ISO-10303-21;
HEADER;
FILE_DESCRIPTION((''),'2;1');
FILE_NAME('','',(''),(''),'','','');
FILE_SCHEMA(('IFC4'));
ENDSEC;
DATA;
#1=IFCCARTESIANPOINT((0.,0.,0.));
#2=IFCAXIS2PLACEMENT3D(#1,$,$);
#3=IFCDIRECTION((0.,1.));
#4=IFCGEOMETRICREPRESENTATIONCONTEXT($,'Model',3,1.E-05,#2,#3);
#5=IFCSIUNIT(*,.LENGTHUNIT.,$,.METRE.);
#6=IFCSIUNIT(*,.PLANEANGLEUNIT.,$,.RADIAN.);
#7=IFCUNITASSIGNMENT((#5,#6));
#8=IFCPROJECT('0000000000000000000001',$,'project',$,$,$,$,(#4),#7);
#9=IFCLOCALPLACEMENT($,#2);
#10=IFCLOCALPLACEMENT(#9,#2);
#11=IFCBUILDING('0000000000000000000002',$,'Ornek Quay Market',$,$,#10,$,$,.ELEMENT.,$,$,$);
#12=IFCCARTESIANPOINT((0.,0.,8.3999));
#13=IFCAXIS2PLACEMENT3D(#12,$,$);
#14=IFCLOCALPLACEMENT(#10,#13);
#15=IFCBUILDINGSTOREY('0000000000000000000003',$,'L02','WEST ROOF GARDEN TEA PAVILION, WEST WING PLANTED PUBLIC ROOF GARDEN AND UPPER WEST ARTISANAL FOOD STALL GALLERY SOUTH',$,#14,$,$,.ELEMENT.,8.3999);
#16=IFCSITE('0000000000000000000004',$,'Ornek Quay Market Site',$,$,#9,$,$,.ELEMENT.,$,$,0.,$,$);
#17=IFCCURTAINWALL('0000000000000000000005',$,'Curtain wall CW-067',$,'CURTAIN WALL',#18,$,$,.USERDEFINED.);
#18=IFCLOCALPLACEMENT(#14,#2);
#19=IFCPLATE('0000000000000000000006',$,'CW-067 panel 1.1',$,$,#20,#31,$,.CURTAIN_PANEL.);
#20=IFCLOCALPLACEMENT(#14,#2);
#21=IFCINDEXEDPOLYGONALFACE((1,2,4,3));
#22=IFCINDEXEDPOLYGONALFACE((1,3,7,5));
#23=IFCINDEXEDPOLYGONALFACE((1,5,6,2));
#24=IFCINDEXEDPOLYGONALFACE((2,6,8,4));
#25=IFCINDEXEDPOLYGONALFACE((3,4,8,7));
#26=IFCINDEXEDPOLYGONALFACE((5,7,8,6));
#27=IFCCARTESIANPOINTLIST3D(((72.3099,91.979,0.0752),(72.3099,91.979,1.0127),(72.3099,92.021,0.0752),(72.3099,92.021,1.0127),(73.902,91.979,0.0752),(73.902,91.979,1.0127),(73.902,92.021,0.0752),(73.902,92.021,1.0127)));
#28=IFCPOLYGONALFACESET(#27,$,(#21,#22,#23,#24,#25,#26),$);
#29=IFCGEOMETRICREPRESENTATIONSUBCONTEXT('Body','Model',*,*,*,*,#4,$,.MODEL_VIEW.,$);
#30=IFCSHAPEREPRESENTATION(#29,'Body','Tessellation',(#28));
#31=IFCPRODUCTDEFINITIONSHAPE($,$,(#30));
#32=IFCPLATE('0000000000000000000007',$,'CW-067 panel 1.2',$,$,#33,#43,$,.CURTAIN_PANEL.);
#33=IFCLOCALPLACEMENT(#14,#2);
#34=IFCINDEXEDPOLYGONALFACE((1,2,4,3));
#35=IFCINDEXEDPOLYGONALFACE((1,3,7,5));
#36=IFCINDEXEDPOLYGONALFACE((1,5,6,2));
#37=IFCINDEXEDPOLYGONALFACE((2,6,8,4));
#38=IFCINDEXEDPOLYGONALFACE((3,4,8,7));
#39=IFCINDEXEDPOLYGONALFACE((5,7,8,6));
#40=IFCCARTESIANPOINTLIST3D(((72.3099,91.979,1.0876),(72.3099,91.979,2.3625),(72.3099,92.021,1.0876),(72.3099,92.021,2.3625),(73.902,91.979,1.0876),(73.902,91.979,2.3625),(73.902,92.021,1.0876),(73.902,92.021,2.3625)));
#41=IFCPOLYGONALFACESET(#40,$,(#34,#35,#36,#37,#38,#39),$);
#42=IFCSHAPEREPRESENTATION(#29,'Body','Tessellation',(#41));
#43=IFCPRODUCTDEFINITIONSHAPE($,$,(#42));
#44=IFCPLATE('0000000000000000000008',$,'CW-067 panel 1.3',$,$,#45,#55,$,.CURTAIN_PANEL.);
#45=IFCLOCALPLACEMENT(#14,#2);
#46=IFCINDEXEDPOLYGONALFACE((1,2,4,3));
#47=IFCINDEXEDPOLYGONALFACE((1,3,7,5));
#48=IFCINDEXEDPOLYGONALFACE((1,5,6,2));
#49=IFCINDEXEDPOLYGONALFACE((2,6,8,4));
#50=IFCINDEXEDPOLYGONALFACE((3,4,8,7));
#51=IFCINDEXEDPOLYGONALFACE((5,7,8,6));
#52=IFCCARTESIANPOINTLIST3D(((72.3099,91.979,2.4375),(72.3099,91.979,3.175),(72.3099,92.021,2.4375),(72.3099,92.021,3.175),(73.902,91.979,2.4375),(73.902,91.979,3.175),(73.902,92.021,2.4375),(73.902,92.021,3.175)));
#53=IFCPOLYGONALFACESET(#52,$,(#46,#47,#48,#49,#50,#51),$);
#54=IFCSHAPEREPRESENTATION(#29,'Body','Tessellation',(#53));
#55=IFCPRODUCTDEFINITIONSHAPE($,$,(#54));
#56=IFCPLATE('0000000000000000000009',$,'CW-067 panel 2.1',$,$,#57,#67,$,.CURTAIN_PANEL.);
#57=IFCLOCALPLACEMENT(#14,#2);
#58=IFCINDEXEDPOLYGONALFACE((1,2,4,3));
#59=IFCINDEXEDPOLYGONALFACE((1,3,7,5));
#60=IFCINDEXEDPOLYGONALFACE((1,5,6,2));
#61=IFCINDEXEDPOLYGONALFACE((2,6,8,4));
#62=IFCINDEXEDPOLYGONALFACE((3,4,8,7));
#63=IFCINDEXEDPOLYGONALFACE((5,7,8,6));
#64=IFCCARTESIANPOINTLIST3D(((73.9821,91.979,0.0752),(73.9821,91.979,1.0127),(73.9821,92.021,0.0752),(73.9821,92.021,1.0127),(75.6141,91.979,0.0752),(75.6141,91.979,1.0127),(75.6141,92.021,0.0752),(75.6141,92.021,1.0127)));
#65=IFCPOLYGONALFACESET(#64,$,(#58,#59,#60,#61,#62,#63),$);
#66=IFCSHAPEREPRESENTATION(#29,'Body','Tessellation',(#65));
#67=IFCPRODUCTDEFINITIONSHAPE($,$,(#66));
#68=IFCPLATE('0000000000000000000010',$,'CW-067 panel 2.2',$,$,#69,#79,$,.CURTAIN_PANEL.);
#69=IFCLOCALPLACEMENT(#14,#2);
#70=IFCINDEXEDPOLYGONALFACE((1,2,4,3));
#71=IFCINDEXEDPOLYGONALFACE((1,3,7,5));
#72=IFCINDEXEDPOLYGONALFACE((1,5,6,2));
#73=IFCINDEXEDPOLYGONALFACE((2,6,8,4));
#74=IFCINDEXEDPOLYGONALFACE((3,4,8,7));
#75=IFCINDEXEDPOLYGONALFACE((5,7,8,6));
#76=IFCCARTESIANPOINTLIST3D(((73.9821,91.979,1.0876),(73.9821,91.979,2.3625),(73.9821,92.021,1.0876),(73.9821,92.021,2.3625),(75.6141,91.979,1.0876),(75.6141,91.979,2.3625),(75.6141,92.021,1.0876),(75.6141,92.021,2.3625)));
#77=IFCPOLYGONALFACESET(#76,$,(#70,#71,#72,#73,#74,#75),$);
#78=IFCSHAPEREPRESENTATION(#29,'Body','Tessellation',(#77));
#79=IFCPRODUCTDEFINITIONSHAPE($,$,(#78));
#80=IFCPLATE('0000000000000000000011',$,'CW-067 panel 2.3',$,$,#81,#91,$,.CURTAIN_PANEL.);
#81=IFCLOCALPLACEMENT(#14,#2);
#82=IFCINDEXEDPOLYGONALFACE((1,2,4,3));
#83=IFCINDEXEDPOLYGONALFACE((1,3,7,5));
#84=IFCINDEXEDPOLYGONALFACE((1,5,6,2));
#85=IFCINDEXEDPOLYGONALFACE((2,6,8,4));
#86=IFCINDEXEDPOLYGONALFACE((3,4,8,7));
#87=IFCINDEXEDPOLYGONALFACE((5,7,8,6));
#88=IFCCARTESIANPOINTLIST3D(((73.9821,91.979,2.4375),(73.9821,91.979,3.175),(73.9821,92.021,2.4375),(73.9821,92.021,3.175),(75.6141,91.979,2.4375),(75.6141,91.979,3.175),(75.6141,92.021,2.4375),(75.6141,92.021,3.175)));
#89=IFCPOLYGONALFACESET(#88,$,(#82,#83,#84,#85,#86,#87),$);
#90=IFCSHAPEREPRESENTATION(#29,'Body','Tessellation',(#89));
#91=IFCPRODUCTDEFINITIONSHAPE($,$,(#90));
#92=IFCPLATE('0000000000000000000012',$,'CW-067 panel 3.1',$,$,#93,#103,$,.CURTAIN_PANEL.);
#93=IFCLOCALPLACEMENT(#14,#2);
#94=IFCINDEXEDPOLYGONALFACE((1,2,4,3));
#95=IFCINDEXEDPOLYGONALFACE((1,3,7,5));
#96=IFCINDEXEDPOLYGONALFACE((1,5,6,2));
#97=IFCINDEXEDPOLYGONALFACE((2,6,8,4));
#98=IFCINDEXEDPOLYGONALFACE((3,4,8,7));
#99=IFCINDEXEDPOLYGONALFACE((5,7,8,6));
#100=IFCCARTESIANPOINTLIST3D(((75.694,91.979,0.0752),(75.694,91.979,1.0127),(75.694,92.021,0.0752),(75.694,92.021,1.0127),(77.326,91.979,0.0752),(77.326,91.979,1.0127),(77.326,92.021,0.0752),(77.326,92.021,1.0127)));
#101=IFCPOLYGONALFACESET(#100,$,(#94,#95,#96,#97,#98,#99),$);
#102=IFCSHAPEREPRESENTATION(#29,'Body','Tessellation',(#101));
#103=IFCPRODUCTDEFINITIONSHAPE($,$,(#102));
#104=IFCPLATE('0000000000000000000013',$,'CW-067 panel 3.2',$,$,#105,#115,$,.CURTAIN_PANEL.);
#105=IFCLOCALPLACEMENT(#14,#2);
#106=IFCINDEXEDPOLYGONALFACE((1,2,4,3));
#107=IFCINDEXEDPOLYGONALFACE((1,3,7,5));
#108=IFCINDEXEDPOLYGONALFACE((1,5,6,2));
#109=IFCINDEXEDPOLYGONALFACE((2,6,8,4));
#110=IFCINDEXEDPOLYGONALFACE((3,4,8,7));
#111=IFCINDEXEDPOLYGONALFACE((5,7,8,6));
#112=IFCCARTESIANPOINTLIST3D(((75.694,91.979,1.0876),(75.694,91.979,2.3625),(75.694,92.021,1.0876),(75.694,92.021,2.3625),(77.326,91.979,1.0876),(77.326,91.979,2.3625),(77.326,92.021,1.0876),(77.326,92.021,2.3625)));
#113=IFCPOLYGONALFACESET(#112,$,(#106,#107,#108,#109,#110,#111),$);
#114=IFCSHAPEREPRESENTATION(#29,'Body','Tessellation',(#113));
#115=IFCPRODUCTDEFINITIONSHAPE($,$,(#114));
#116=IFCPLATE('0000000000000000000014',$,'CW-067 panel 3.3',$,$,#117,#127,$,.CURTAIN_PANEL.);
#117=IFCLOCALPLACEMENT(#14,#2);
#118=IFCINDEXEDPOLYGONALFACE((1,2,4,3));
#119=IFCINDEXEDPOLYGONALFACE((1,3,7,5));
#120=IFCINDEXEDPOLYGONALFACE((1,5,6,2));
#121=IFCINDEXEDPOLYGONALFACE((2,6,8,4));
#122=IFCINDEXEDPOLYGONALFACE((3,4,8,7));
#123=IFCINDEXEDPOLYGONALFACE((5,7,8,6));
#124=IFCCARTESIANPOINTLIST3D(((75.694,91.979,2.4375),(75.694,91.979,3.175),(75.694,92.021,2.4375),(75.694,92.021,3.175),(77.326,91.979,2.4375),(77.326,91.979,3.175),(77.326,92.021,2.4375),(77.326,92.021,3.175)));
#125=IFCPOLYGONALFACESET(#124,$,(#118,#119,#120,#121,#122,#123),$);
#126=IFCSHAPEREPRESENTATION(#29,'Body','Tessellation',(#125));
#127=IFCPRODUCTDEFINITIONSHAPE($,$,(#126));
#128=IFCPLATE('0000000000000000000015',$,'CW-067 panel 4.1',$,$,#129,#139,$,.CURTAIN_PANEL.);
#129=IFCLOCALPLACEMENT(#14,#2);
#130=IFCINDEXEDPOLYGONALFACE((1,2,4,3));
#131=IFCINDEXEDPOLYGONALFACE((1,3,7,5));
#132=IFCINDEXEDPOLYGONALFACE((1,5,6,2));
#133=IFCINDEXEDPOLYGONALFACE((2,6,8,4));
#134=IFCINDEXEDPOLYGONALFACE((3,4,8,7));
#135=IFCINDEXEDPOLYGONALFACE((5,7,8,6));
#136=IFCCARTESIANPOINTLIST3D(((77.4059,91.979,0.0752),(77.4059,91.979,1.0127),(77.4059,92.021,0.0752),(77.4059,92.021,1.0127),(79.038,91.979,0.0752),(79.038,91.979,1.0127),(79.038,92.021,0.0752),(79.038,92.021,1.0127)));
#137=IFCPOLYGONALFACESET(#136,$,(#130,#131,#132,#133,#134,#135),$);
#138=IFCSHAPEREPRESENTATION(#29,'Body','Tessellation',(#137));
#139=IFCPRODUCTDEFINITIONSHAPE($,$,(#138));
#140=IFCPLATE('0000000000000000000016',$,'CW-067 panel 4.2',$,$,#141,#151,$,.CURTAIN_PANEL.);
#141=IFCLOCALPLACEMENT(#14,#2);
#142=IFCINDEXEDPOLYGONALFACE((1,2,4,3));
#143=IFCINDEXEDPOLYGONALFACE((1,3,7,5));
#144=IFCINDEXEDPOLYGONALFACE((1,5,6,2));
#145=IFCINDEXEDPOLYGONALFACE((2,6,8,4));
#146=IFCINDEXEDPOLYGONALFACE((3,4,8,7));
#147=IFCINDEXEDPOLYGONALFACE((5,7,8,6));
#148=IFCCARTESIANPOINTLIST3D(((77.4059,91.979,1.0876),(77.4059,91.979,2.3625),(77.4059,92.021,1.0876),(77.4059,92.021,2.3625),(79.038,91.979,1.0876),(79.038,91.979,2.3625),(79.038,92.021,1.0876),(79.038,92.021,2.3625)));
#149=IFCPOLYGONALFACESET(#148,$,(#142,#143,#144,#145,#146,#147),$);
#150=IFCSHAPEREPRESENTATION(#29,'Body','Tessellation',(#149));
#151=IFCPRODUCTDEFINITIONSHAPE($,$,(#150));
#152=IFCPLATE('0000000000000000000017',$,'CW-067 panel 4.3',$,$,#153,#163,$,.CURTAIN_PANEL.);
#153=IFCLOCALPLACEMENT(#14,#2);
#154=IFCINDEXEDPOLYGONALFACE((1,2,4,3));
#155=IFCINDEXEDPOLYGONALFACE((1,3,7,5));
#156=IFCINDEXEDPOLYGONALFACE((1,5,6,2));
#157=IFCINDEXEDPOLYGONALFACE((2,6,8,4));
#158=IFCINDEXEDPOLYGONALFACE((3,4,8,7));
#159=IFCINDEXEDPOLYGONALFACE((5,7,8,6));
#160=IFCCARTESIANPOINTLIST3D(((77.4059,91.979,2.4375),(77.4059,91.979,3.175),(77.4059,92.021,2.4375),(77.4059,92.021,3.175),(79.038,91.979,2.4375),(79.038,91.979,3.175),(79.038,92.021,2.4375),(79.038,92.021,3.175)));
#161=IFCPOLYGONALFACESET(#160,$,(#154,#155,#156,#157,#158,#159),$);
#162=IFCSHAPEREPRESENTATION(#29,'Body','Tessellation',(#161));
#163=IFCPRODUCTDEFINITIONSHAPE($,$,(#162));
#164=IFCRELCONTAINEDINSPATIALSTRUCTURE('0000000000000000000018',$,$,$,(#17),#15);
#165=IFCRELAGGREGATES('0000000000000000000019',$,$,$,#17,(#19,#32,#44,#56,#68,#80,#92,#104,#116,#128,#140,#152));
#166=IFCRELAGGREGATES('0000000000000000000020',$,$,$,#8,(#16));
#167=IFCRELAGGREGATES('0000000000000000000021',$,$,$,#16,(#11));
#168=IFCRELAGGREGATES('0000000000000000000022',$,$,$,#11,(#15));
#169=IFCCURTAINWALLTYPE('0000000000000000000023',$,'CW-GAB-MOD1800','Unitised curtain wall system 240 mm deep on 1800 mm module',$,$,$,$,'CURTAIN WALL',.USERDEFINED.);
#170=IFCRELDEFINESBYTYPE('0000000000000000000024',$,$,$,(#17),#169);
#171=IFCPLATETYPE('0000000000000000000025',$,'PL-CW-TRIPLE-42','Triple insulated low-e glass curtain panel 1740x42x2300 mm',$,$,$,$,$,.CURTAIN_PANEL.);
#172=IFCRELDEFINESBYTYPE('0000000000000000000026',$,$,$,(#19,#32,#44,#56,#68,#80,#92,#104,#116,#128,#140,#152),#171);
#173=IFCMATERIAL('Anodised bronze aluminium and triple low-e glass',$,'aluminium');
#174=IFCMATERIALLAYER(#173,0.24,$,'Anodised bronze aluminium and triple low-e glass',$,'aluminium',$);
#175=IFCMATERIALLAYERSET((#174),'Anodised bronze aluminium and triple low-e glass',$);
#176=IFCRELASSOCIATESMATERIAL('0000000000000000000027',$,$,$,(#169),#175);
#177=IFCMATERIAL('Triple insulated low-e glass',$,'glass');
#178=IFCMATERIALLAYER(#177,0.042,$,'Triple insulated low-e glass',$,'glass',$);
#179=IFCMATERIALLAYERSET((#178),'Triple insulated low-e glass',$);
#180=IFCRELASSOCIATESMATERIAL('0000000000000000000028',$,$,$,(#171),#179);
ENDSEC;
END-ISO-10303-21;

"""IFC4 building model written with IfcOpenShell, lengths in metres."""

from ifc_helpers import new_model, si_unit, direction, frame, origin, origin_2d, place, context, subcontext, project, spatial, rectangle, extrude, material, layer, layer_set, type_object, element, aggregate, save


model = new_model("IFC4")

# Units and contexts
model_context = context("Model", 3, precision=1e-05, world=origin(), true_north=direction((0.0, 1.0)))
body_context = subcontext(model_context, "Body", "Model", "MODEL_VIEW")
ifc_project = project(units=[si_unit("LENGTHUNIT", "METRE"), si_unit("PLANEANGLEUNIT", "RADIAN")], contexts=[model_context])

# Site, building, storey
site_placement = place(None, origin())
site = spatial("IfcSite", under=ifc_project, at=site_placement, Name="Ornek Quay Market Site", CompositionType="ELEMENT", RefElevation=0.0)
building_placement = place(site_placement, origin())
building = spatial("IfcBuilding", under=site, at=building_placement, Name="Ornek Quay Market", CompositionType="ELEMENT")
storey_placement = place(building_placement, frame((0.0, 0.0, 8.3999)))
storey = spatial("IfcBuildingStorey", under=building, at=storey_placement, Name="L02", Description="WEST ROOF GARDEN TEA PAVILION, WEST WING PLANTED PUBLIC ROOF GARDEN AND UPPER WEST ARTISANAL FOOD STALL GALLERY SOUTH", CompositionType="ELEMENT", Elevation=8.3999)

# Shared definitions
ifc_material_1 = material(Name="Anodised bronze aluminium and triple low-e glass", Category="aluminium")

# Curtain wall, plates
ifc_layer_1 = layer(ifc_material_1, 0.24, Name="Anodised bronze aluminium and triple low-e glass", Category="aluminium")
ifc_layer_set_1 = layer_set([ifc_layer_1], Name="Anodised bronze aluminium and triple low-e glass")
curtain_wall_type_1 = type_object("IfcCurtainWallType", Name="CW-GAB-MOD1800", Description="Unitised curtain wall system 240 mm deep on 1800 mm module", ElementType="CURTAIN WALL", PredefinedType="USERDEFINED", material=ifc_layer_set_1)
curtain_wall_1_placement = place(storey_placement, origin())
curtain_wall_1 = element("IfcCurtainWall", 1, at=curtain_wall_1_placement, inside=storey, type_object=curtain_wall_type_1, Name="Curtain wall CW-067", ObjectType="CURTAIN WALL", PredefinedType="USERDEFINED")
ifc_material_2 = material(Name="Triple insulated low-e glass", Category="glass")
ifc_layer_2 = layer(ifc_material_2, 0.042, Name="Triple insulated low-e glass", Category="glass")
ifc_layer_set_2 = layer_set([ifc_layer_2], Name="Triple insulated low-e glass")
plate_type = type_object("IfcPlateType", Name="PL-CW-TRIPLE-42", Description="Triple insulated low-e glass curtain panel 1740x42x2300 mm", PredefinedType="CURTAIN_PANEL", material=ifc_layer_set_2)
plate_1_placement = place(storey_placement, frame((73.106, 92.0, 0.0752), z_axis=(0.0, 0.0, 1.0), x_axis=(1.0, 0.0, 0.0)))
plate_1 = element("IfcPlate", 2, at=plate_1_placement, type_object=plate_type, Name="CW-067 panel 1.1", PredefinedType="CURTAIN_PANEL", context=body_context, shape_type="SweptSolid", body=[
    extrude(rectangle(XDim=1.592, YDim=0.042, at=origin_2d()), origin(), (0.0, 0.0, 1.0), 0.9375),
])
plate_2_placement = place(storey_placement, frame((73.106, 92.0, 1.0876), z_axis=(0.0, 0.0, 1.0), x_axis=(1.0, 0.0, 0.0)))
plate_2 = element("IfcPlate", 3, at=plate_2_placement, type_object=plate_type, Name="CW-067 panel 1.2", PredefinedType="CURTAIN_PANEL", context=body_context, shape_type="SweptSolid", body=[
    extrude(rectangle(XDim=1.592, YDim=0.042, at=origin_2d()), origin(), (0.0, 0.0, 1.0), 1.2749),
])
plate_3_placement = place(storey_placement, frame((73.106, 92.0, 2.4375), z_axis=(0.0, 0.0, 1.0), x_axis=(1.0, 0.0, 0.0)))
plate_3 = element("IfcPlate", 4, at=plate_3_placement, type_object=plate_type, Name="CW-067 panel 1.3", PredefinedType="CURTAIN_PANEL", context=body_context, shape_type="SweptSolid", body=[
    extrude(rectangle(XDim=1.592, YDim=0.042, at=origin_2d()), origin(), (0.0, 0.0, 1.0), 0.7375),
])
plate_4_placement = place(storey_placement, frame((74.7981, 92.0, 0.0752), z_axis=(0.0, 0.0, 1.0), x_axis=(1.0, 0.0, 0.0)))
plate_4 = element("IfcPlate", 5, at=plate_4_placement, type_object=plate_type, Name="CW-067 panel 2.1", PredefinedType="CURTAIN_PANEL", context=body_context, shape_type="SweptSolid", body=[
    extrude(rectangle(XDim=1.6321, YDim=0.042, at=origin_2d()), origin(), (0.0, 0.0, 1.0), 0.9375),
])
plate_5_placement = place(storey_placement, frame((74.7981, 92.0, 1.0876), z_axis=(0.0, 0.0, 1.0), x_axis=(1.0, 0.0, 0.0)))
plate_5 = element("IfcPlate", 6, at=plate_5_placement, type_object=plate_type, Name="CW-067 panel 2.2", PredefinedType="CURTAIN_PANEL", context=body_context, shape_type="SweptSolid", body=[
    extrude(rectangle(XDim=1.6321, YDim=0.042, at=origin_2d()), origin(), (0.0, 0.0, 1.0), 1.2749),
])
plate_6_placement = place(storey_placement, frame((74.7981, 92.0, 2.4375), z_axis=(0.0, 0.0, 1.0), x_axis=(1.0, 0.0, 0.0)))
plate_6 = element("IfcPlate", 7, at=plate_6_placement, type_object=plate_type, Name="CW-067 panel 2.3", PredefinedType="CURTAIN_PANEL", context=body_context, shape_type="SweptSolid", body=[
    extrude(rectangle(XDim=1.6321, YDim=0.042, at=origin_2d()), origin(), (0.0, 0.0, 1.0), 0.7375),
])
plate_7_placement = place(storey_placement, frame((76.51, 92.0, 0.0752), z_axis=(0.0, 0.0, 1.0), x_axis=(1.0, 0.0, 0.0)))
plate_7 = element("IfcPlate", 8, at=plate_7_placement, type_object=plate_type, Name="CW-067 panel 3.1", PredefinedType="CURTAIN_PANEL", context=body_context, shape_type="SweptSolid", body=[
    extrude(rectangle(XDim=1.6321, YDim=0.042, at=origin_2d()), origin(), (0.0, 0.0, 1.0), 0.9375),
])
plate_8_placement = place(storey_placement, frame((76.51, 92.0, 1.0876), z_axis=(0.0, 0.0, 1.0), x_axis=(1.0, 0.0, 0.0)))
plate_8 = element("IfcPlate", 9, at=plate_8_placement, type_object=plate_type, Name="CW-067 panel 3.2", PredefinedType="CURTAIN_PANEL", context=body_context, shape_type="SweptSolid", body=[
    extrude(rectangle(XDim=1.6321, YDim=0.042, at=origin_2d()), origin(), (0.0, 0.0, 1.0), 1.2749),
])
plate_9_placement = place(storey_placement, frame((76.51, 92.0, 2.4375), z_axis=(0.0, 0.0, 1.0), x_axis=(1.0, 0.0, 0.0)))
plate_9 = element("IfcPlate", 10, at=plate_9_placement, type_object=plate_type, Name="CW-067 panel 3.3", PredefinedType="CURTAIN_PANEL", context=body_context, shape_type="SweptSolid", body=[
    extrude(rectangle(XDim=1.6321, YDim=0.042, at=origin_2d()), origin(), (0.0, 0.0, 1.0), 0.7375),
])
plate_10_placement = place(storey_placement, frame((78.2219, 92.0, 0.0752), z_axis=(0.0, 0.0, 1.0), x_axis=(1.0, 0.0, 0.0)))
plate_10 = element("IfcPlate", 11, at=plate_10_placement, type_object=plate_type, Name="CW-067 panel 4.1", PredefinedType="CURTAIN_PANEL", context=body_context, shape_type="SweptSolid", body=[
    extrude(rectangle(XDim=1.6321, YDim=0.042, at=origin_2d()), origin(), (0.0, 0.0, 1.0), 0.9375),
])
plate_11_placement = place(storey_placement, frame((78.2219, 92.0, 1.0876), z_axis=(0.0, 0.0, 1.0), x_axis=(1.0, 0.0, 0.0)))
plate_11 = element("IfcPlate", 12, at=plate_11_placement, type_object=plate_type, Name="CW-067 panel 4.2", PredefinedType="CURTAIN_PANEL", context=body_context, shape_type="SweptSolid", body=[
    extrude(rectangle(XDim=1.6321, YDim=0.042, at=origin_2d()), origin(), (0.0, 0.0, 1.0), 1.2749),
])
plate_12_placement = place(storey_placement, frame((78.2219, 92.0, 2.4375), z_axis=(0.0, 0.0, 1.0), x_axis=(1.0, 0.0, 0.0)))
plate_12 = element("IfcPlate", 13, at=plate_12_placement, type_object=plate_type, Name="CW-067 panel 4.3", PredefinedType="CURTAIN_PANEL", context=body_context, shape_type="SweptSolid", body=[
    extrude(rectangle(XDim=1.6321, YDim=0.042, at=origin_2d()), origin(), (0.0, 0.0, 1.0), 0.7375),
])
aggregate(curtain_wall_1, [plate_1, plate_2, plate_3, plate_4, plate_5, plate_6, plate_7, plate_8, plate_9, plate_10, plate_11, plate_12])

save(model, "model.ifc")
